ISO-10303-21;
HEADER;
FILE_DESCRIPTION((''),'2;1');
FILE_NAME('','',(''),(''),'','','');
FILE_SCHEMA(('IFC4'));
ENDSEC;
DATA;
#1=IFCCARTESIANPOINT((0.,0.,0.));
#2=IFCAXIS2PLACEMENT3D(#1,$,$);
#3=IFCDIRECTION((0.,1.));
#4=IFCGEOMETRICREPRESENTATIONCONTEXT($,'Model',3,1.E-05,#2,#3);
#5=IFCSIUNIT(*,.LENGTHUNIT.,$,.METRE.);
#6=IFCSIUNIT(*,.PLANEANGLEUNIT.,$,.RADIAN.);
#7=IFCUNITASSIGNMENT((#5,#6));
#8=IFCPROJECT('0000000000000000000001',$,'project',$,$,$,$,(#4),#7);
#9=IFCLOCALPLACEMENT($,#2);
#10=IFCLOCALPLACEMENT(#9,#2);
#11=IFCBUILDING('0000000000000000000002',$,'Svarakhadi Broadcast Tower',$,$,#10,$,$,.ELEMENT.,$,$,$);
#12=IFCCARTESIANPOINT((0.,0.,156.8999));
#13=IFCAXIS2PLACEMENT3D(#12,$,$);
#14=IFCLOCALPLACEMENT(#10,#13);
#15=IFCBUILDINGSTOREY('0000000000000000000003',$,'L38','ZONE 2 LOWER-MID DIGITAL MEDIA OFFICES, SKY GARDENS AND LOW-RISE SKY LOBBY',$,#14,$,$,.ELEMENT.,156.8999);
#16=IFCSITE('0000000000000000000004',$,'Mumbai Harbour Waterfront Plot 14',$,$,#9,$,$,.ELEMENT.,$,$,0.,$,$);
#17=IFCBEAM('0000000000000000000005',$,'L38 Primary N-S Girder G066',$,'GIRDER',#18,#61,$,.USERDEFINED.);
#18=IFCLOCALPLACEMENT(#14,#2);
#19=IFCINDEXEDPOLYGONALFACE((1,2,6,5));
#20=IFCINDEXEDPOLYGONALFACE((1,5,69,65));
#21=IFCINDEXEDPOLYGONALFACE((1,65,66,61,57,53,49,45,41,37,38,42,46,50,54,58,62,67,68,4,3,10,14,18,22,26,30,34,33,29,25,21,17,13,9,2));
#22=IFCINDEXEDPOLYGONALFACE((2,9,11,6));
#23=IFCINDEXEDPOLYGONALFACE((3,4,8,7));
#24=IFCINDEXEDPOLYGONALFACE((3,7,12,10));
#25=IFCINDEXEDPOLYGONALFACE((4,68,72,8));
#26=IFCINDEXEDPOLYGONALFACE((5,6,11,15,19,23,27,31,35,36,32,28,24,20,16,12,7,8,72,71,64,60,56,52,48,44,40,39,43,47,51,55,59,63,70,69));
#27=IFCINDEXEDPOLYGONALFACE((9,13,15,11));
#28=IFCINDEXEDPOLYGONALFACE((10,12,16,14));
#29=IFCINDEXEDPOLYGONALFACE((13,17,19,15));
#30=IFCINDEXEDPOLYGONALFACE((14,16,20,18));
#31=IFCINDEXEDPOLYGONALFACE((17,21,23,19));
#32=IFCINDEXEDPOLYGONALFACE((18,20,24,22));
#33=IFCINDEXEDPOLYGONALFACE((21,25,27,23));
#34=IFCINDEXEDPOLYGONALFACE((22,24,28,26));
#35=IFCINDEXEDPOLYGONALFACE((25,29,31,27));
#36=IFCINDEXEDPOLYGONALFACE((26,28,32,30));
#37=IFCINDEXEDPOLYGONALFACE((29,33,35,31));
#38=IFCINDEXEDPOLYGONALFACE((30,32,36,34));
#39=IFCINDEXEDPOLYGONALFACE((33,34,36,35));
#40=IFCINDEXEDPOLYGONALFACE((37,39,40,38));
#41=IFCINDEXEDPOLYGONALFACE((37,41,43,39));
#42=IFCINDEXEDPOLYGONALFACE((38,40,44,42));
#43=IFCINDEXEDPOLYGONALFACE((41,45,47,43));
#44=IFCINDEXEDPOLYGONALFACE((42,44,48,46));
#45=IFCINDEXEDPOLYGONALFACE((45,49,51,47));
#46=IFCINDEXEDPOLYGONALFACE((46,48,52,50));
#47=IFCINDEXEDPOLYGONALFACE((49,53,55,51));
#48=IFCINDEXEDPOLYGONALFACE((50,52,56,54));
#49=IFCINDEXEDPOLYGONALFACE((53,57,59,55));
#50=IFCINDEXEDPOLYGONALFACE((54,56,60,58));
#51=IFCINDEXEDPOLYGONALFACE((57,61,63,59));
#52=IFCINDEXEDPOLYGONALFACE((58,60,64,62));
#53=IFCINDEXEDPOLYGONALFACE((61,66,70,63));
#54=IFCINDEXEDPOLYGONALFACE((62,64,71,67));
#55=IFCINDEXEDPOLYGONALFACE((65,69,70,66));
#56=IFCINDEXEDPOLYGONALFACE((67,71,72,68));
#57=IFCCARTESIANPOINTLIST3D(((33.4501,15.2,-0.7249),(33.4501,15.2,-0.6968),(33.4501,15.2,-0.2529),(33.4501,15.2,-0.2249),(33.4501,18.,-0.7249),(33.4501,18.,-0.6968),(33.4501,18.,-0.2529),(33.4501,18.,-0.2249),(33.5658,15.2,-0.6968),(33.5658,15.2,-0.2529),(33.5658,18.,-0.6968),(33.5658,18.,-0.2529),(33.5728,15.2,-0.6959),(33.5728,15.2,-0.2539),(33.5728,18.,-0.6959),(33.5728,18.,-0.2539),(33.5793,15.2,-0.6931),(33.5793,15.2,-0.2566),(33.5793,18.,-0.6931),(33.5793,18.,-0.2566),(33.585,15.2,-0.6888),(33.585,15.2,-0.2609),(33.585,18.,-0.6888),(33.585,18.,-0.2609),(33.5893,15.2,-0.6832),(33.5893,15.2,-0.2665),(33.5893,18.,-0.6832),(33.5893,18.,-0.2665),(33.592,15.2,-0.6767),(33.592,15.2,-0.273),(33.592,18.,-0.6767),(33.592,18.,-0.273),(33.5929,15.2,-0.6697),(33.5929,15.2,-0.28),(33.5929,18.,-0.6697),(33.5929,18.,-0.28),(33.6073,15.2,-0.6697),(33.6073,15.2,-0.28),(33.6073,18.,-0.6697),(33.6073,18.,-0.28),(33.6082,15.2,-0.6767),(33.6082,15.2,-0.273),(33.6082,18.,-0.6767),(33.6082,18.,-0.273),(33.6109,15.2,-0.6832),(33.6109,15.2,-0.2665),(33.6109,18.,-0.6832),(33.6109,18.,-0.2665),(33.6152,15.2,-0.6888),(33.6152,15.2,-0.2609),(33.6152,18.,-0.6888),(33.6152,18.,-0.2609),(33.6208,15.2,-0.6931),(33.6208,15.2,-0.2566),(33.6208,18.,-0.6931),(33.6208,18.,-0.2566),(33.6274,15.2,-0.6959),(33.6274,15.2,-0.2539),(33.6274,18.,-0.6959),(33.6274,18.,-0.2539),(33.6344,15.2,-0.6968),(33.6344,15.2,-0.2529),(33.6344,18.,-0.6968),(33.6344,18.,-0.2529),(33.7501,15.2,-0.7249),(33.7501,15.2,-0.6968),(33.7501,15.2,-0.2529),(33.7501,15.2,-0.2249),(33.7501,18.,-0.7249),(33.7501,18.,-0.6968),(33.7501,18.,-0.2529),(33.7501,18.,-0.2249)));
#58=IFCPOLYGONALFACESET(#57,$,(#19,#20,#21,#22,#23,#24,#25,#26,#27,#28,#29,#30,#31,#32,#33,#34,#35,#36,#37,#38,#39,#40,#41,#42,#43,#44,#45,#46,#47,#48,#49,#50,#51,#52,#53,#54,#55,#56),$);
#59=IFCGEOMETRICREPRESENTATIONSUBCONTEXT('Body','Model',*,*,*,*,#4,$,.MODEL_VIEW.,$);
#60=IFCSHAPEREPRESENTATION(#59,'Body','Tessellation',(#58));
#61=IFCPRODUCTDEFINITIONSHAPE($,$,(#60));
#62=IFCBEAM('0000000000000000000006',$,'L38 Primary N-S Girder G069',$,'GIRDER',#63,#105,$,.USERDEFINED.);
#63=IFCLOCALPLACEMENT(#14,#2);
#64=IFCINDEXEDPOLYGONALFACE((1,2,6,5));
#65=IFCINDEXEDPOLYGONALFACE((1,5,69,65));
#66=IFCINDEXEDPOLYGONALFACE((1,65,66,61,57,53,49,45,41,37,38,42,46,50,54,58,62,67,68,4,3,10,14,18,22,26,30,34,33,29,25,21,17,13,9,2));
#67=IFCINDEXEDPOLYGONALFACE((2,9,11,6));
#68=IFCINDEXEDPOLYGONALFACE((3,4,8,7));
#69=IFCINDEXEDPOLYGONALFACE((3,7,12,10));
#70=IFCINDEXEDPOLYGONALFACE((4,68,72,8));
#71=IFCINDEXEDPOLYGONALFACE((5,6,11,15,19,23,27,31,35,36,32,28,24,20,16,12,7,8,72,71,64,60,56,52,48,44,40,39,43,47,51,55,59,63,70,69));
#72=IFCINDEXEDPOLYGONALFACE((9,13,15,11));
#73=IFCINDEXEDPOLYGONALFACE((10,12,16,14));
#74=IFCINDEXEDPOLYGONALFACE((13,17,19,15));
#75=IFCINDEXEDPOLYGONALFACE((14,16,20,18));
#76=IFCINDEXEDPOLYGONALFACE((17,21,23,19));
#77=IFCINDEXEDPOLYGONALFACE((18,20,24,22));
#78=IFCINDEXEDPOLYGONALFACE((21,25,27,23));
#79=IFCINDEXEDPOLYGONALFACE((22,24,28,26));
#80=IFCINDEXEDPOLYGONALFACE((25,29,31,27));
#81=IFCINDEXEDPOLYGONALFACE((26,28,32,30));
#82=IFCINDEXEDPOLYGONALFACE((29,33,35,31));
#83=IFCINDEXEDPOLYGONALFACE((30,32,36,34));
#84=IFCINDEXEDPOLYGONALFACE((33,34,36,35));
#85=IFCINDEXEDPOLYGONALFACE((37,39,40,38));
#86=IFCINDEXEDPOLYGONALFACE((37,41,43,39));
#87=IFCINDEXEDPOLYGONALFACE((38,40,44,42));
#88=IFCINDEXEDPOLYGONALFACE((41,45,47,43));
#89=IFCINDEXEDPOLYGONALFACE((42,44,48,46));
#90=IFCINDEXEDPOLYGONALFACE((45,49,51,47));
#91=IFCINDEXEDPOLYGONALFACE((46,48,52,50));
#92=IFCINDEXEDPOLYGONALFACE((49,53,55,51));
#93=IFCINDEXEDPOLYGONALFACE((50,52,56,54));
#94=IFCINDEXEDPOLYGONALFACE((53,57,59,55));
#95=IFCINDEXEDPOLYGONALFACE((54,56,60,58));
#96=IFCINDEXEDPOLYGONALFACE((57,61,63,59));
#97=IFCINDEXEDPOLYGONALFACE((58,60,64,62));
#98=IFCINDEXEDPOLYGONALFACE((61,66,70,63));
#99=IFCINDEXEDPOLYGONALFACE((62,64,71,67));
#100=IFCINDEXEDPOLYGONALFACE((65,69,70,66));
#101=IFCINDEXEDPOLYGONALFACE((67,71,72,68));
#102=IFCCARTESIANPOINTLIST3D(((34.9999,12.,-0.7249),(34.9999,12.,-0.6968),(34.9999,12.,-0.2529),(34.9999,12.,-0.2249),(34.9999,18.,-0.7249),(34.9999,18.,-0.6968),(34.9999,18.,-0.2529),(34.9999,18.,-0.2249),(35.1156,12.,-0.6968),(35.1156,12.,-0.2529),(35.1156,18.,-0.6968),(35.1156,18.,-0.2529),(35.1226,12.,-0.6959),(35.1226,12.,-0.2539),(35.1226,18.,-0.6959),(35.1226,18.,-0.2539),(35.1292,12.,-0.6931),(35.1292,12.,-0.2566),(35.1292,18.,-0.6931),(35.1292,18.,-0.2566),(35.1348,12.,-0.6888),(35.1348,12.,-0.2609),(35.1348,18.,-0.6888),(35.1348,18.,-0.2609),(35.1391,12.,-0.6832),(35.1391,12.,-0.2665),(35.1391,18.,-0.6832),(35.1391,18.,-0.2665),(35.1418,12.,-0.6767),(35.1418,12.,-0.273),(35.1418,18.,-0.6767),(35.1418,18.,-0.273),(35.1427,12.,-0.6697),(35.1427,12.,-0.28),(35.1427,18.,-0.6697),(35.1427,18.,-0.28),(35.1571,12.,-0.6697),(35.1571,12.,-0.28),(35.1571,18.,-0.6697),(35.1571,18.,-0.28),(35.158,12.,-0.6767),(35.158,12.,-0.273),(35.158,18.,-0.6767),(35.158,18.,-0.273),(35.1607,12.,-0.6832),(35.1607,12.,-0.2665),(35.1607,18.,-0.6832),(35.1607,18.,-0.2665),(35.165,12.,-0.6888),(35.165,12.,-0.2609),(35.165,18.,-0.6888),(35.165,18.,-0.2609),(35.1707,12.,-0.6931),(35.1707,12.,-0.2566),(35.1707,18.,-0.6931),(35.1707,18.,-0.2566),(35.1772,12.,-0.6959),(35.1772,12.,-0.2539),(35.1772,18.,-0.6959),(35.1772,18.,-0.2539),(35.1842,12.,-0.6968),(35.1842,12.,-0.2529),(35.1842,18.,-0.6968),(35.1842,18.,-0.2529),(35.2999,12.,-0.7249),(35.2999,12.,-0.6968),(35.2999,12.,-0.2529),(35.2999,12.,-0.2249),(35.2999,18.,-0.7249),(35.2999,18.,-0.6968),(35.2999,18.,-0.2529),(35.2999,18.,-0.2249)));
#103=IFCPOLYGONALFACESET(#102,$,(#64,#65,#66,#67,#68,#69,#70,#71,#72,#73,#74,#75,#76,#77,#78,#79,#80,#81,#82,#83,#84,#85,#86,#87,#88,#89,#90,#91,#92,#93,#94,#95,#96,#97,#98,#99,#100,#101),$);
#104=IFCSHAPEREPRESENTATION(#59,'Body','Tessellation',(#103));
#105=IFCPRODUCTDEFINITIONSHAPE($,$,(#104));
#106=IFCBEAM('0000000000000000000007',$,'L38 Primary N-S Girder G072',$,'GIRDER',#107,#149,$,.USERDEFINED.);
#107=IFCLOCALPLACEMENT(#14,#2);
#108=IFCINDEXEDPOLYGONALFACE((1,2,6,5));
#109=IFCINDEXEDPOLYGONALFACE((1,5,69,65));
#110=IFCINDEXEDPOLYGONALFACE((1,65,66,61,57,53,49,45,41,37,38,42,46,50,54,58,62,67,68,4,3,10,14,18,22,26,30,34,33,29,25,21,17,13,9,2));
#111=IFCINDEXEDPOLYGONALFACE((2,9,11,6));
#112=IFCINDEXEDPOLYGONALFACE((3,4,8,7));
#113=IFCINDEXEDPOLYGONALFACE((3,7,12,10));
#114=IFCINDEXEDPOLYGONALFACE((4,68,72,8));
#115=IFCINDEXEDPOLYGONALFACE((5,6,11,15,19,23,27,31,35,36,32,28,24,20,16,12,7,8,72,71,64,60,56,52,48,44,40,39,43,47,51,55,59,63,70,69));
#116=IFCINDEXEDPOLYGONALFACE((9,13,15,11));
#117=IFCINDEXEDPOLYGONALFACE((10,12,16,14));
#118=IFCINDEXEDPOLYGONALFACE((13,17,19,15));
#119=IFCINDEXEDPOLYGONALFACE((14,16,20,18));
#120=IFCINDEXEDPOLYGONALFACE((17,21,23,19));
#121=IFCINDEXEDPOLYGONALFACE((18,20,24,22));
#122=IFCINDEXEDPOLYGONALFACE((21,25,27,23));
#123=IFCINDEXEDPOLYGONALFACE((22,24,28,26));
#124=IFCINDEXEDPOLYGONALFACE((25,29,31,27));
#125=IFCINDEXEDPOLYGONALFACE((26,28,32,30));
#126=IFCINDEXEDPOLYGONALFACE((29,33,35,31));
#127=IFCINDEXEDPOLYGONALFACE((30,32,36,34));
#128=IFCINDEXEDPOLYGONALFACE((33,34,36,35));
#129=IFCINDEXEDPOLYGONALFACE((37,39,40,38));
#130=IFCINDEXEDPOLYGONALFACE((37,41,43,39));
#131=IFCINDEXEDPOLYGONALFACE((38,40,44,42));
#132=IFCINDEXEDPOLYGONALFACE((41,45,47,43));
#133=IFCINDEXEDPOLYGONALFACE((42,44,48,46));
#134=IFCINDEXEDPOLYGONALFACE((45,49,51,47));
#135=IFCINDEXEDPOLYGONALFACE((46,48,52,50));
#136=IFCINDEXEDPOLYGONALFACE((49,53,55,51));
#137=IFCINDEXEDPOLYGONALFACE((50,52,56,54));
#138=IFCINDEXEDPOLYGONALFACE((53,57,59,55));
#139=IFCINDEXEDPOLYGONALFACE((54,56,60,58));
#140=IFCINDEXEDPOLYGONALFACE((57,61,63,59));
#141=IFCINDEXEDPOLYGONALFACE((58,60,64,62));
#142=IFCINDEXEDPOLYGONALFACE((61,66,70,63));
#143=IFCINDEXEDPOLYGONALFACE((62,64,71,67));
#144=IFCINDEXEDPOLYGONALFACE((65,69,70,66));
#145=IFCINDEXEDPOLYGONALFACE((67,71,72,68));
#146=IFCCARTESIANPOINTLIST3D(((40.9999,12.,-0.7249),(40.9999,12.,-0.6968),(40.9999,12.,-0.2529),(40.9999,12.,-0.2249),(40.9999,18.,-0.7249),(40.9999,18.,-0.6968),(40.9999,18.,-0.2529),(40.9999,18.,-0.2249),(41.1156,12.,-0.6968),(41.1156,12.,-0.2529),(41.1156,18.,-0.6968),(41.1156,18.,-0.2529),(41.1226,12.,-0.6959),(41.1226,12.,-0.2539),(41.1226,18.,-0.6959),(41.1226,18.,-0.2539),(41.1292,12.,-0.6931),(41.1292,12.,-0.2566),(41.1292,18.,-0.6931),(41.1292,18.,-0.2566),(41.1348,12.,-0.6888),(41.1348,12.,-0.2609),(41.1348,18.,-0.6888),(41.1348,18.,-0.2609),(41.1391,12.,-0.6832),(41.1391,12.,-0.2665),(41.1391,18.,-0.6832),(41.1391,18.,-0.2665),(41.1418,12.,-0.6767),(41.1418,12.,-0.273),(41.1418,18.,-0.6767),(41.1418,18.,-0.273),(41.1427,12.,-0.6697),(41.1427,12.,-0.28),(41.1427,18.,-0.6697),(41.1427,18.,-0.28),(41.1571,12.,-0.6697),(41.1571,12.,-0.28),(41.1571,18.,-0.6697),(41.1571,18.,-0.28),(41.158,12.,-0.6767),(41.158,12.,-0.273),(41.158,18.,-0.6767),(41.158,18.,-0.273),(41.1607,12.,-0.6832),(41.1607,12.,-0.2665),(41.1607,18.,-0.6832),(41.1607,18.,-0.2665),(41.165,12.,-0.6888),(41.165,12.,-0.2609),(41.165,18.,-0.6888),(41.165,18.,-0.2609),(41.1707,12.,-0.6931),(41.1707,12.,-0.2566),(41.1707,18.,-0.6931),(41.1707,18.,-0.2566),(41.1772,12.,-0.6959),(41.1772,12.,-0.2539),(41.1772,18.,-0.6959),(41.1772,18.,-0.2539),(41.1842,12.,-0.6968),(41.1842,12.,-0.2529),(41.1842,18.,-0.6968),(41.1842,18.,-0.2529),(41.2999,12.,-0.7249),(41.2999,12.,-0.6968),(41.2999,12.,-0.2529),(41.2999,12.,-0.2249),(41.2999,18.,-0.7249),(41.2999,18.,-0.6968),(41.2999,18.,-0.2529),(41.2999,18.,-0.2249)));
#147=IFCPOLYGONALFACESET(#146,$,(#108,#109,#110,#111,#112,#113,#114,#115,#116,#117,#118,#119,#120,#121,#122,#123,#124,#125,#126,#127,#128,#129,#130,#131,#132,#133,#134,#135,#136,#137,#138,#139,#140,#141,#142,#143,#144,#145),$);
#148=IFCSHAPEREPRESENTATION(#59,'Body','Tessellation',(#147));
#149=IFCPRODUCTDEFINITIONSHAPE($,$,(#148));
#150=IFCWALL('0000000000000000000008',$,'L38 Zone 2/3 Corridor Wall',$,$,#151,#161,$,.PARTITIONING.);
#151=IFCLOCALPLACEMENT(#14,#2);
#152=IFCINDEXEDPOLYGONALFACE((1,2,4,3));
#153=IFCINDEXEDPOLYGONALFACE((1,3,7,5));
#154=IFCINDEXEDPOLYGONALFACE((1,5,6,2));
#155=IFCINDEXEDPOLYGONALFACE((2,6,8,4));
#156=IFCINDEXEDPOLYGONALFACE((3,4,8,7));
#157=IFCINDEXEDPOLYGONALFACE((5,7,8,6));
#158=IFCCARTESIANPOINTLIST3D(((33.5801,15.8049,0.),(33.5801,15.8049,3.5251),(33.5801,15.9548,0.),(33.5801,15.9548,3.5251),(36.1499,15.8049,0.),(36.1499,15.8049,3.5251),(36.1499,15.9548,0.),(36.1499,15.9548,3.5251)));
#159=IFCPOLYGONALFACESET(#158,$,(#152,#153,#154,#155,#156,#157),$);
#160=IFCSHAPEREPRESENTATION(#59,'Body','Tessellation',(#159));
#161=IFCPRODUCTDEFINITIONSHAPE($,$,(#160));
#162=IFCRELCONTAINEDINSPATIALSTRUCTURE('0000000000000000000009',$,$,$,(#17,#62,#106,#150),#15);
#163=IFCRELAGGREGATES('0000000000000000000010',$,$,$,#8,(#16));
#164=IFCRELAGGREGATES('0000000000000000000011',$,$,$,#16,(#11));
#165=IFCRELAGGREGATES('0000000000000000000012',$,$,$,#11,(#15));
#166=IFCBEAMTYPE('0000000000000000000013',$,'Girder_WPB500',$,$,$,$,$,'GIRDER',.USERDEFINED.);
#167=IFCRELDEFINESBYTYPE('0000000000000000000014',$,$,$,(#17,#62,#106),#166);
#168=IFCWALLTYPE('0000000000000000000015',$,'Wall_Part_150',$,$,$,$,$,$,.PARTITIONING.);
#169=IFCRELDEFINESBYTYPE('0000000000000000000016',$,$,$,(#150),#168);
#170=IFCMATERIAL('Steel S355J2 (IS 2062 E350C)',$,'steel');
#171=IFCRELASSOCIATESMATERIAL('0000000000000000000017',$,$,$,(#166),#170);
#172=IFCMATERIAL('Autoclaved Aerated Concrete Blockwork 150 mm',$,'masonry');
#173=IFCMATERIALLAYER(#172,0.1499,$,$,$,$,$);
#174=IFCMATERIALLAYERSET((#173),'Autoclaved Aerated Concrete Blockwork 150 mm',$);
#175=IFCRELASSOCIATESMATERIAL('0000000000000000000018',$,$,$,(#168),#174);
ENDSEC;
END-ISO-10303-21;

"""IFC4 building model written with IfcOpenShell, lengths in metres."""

from ifc_helpers import new_model, si_unit, direction, frame, frame_2d, origin, origin_2d, place, context, subcontext, project, spatial, rectangle, i_section, extrude, material, layer, layer_set, material_profile, profile_set, type_object, element, save


model = new_model("IFC4")

# Units and contexts
model_context = context("Model", 3, precision=1e-05, world=origin(), true_north=direction((0.0, 1.0)))
body_context = subcontext(model_context, "Body", "Model", "MODEL_VIEW")
ifc_project = project(units=[si_unit("LENGTHUNIT", "METRE"), si_unit("PLANEANGLEUNIT", "RADIAN")], contexts=[model_context])

# Site, building, storey
site_placement = place(None, origin())
site = spatial("IfcSite", under=ifc_project, at=site_placement, Name="Mumbai Harbour Waterfront Plot 14", CompositionType="ELEMENT", RefElevation=0.0)
building_placement = place(site_placement, origin())
building = spatial("IfcBuilding", under=site, at=building_placement, Name="Svarakhadi Broadcast Tower", CompositionType="ELEMENT")
storey_placement = place(building_placement, frame((0.0, 0.0, 156.8999)))
storey = spatial("IfcBuildingStorey", under=building, at=storey_placement, Name="L38", Description="ZONE 2 LOWER-MID DIGITAL MEDIA OFFICES, SKY GARDENS AND LOW-RISE SKY LOBBY", CompositionType="ELEMENT", Elevation=156.8999)

# Beams
ifc_material_1 = material(Name="Steel S355J2 (IS 2062 E350C)", Category="steel")
ifc_material_profile_1 = material_profile(ifc_material_1, i_section(OverallWidth=0.3, OverallDepth=0.5, WebThickness=0.0144, FlangeThickness=0.0281, FilletRadius=0.0271, at=origin_2d()), Name="WPB 500x300x187")
ifc_profile_set_1 = profile_set([ifc_material_profile_1], Name="Steel S355J2 (IS 2062 E350C)")
beam_type_1 = type_object("IfcBeamType", Name="Girder_WPB500", ElementType="GIRDER", PredefinedType="USERDEFINED", material=ifc_profile_set_1)
beam_1_placement = place(storey_placement, frame((33.6001, 15.2, -0.4749), z_axis=(0.0, 1.0, 0.0), x_axis=(-1.0, 0.0, 0.0)))
element("IfcBeam", 1, at=beam_1_placement, inside=storey, type_object=beam_type_1, Name="L38 Primary N-S Girder G066", ObjectType="GIRDER", PredefinedType="USERDEFINED", context=body_context, shape_type="SweptSolid", body=[
    extrude(i_section(OverallWidth=0.3, OverallDepth=0.5, WebThickness=0.0144, FlangeThickness=0.0281, FilletRadius=0.0271, at=origin_2d()), origin(), (0.0, 0.0, 1.0), 2.8),
])
for number, where, z_axis, x_axis, name in (
    (2, (35.1499, 12.0, -0.4749), (0.0, 1.0, 0.0), (-1.0, 0.0, 0.0), "L38 Primary N-S Girder G069"),
    (3, (41.1499, 12.0, -0.4749), (0.0, 1.0, 0.0), (-1.0, 0.0, 0.0), "L38 Primary N-S Girder G072"),
):
    element("IfcBeam", number, at=place(storey_placement, frame(where, z_axis=z_axis, x_axis=x_axis)), inside=storey, type_object=beam_type_1, Name=name, ObjectType="GIRDER", PredefinedType="USERDEFINED", context=body_context, shape_type="SweptSolid", body=[
        extrude(i_section(OverallWidth=0.3, OverallDepth=0.5, WebThickness=0.0144, FlangeThickness=0.0281, FilletRadius=0.0271, at=origin_2d()), origin(), (0.0, 0.0, 1.0), 6.0),
    ])

# Wall
ifc_material_2 = material(Name="Autoclaved Aerated Concrete Blockwork 150 mm", Category="masonry")
ifc_layer = layer(ifc_material_2, 0.1499)
ifc_layer_set = layer_set([ifc_layer], Name="Autoclaved Aerated Concrete Blockwork 150 mm")
wall_type = type_object("IfcWallType", Name="Wall_Part_150", PredefinedType="PARTITIONING", material=ifc_layer_set)
wall_1_placement = place(storey_placement, frame((36.1499, 15.8799, 0.0), z_axis=(0.0, 0.0, 1.0), x_axis=(-1.0, 0.0, 0.0)))
element("IfcWall", 4, at=wall_1_placement, inside=storey, type_object=wall_type, Name="L38 Zone 2/3 Corridor Wall", PredefinedType="PARTITIONING", context=body_context, shape_type="SweptSolid", body=[
    extrude(rectangle(XDim=2.5698, YDim=0.1499, at=frame_2d((1.2849, 0.0))), origin(), (0.0, 0.0, 1.0), 3.5251),
])

save(model, "model.ifc")
